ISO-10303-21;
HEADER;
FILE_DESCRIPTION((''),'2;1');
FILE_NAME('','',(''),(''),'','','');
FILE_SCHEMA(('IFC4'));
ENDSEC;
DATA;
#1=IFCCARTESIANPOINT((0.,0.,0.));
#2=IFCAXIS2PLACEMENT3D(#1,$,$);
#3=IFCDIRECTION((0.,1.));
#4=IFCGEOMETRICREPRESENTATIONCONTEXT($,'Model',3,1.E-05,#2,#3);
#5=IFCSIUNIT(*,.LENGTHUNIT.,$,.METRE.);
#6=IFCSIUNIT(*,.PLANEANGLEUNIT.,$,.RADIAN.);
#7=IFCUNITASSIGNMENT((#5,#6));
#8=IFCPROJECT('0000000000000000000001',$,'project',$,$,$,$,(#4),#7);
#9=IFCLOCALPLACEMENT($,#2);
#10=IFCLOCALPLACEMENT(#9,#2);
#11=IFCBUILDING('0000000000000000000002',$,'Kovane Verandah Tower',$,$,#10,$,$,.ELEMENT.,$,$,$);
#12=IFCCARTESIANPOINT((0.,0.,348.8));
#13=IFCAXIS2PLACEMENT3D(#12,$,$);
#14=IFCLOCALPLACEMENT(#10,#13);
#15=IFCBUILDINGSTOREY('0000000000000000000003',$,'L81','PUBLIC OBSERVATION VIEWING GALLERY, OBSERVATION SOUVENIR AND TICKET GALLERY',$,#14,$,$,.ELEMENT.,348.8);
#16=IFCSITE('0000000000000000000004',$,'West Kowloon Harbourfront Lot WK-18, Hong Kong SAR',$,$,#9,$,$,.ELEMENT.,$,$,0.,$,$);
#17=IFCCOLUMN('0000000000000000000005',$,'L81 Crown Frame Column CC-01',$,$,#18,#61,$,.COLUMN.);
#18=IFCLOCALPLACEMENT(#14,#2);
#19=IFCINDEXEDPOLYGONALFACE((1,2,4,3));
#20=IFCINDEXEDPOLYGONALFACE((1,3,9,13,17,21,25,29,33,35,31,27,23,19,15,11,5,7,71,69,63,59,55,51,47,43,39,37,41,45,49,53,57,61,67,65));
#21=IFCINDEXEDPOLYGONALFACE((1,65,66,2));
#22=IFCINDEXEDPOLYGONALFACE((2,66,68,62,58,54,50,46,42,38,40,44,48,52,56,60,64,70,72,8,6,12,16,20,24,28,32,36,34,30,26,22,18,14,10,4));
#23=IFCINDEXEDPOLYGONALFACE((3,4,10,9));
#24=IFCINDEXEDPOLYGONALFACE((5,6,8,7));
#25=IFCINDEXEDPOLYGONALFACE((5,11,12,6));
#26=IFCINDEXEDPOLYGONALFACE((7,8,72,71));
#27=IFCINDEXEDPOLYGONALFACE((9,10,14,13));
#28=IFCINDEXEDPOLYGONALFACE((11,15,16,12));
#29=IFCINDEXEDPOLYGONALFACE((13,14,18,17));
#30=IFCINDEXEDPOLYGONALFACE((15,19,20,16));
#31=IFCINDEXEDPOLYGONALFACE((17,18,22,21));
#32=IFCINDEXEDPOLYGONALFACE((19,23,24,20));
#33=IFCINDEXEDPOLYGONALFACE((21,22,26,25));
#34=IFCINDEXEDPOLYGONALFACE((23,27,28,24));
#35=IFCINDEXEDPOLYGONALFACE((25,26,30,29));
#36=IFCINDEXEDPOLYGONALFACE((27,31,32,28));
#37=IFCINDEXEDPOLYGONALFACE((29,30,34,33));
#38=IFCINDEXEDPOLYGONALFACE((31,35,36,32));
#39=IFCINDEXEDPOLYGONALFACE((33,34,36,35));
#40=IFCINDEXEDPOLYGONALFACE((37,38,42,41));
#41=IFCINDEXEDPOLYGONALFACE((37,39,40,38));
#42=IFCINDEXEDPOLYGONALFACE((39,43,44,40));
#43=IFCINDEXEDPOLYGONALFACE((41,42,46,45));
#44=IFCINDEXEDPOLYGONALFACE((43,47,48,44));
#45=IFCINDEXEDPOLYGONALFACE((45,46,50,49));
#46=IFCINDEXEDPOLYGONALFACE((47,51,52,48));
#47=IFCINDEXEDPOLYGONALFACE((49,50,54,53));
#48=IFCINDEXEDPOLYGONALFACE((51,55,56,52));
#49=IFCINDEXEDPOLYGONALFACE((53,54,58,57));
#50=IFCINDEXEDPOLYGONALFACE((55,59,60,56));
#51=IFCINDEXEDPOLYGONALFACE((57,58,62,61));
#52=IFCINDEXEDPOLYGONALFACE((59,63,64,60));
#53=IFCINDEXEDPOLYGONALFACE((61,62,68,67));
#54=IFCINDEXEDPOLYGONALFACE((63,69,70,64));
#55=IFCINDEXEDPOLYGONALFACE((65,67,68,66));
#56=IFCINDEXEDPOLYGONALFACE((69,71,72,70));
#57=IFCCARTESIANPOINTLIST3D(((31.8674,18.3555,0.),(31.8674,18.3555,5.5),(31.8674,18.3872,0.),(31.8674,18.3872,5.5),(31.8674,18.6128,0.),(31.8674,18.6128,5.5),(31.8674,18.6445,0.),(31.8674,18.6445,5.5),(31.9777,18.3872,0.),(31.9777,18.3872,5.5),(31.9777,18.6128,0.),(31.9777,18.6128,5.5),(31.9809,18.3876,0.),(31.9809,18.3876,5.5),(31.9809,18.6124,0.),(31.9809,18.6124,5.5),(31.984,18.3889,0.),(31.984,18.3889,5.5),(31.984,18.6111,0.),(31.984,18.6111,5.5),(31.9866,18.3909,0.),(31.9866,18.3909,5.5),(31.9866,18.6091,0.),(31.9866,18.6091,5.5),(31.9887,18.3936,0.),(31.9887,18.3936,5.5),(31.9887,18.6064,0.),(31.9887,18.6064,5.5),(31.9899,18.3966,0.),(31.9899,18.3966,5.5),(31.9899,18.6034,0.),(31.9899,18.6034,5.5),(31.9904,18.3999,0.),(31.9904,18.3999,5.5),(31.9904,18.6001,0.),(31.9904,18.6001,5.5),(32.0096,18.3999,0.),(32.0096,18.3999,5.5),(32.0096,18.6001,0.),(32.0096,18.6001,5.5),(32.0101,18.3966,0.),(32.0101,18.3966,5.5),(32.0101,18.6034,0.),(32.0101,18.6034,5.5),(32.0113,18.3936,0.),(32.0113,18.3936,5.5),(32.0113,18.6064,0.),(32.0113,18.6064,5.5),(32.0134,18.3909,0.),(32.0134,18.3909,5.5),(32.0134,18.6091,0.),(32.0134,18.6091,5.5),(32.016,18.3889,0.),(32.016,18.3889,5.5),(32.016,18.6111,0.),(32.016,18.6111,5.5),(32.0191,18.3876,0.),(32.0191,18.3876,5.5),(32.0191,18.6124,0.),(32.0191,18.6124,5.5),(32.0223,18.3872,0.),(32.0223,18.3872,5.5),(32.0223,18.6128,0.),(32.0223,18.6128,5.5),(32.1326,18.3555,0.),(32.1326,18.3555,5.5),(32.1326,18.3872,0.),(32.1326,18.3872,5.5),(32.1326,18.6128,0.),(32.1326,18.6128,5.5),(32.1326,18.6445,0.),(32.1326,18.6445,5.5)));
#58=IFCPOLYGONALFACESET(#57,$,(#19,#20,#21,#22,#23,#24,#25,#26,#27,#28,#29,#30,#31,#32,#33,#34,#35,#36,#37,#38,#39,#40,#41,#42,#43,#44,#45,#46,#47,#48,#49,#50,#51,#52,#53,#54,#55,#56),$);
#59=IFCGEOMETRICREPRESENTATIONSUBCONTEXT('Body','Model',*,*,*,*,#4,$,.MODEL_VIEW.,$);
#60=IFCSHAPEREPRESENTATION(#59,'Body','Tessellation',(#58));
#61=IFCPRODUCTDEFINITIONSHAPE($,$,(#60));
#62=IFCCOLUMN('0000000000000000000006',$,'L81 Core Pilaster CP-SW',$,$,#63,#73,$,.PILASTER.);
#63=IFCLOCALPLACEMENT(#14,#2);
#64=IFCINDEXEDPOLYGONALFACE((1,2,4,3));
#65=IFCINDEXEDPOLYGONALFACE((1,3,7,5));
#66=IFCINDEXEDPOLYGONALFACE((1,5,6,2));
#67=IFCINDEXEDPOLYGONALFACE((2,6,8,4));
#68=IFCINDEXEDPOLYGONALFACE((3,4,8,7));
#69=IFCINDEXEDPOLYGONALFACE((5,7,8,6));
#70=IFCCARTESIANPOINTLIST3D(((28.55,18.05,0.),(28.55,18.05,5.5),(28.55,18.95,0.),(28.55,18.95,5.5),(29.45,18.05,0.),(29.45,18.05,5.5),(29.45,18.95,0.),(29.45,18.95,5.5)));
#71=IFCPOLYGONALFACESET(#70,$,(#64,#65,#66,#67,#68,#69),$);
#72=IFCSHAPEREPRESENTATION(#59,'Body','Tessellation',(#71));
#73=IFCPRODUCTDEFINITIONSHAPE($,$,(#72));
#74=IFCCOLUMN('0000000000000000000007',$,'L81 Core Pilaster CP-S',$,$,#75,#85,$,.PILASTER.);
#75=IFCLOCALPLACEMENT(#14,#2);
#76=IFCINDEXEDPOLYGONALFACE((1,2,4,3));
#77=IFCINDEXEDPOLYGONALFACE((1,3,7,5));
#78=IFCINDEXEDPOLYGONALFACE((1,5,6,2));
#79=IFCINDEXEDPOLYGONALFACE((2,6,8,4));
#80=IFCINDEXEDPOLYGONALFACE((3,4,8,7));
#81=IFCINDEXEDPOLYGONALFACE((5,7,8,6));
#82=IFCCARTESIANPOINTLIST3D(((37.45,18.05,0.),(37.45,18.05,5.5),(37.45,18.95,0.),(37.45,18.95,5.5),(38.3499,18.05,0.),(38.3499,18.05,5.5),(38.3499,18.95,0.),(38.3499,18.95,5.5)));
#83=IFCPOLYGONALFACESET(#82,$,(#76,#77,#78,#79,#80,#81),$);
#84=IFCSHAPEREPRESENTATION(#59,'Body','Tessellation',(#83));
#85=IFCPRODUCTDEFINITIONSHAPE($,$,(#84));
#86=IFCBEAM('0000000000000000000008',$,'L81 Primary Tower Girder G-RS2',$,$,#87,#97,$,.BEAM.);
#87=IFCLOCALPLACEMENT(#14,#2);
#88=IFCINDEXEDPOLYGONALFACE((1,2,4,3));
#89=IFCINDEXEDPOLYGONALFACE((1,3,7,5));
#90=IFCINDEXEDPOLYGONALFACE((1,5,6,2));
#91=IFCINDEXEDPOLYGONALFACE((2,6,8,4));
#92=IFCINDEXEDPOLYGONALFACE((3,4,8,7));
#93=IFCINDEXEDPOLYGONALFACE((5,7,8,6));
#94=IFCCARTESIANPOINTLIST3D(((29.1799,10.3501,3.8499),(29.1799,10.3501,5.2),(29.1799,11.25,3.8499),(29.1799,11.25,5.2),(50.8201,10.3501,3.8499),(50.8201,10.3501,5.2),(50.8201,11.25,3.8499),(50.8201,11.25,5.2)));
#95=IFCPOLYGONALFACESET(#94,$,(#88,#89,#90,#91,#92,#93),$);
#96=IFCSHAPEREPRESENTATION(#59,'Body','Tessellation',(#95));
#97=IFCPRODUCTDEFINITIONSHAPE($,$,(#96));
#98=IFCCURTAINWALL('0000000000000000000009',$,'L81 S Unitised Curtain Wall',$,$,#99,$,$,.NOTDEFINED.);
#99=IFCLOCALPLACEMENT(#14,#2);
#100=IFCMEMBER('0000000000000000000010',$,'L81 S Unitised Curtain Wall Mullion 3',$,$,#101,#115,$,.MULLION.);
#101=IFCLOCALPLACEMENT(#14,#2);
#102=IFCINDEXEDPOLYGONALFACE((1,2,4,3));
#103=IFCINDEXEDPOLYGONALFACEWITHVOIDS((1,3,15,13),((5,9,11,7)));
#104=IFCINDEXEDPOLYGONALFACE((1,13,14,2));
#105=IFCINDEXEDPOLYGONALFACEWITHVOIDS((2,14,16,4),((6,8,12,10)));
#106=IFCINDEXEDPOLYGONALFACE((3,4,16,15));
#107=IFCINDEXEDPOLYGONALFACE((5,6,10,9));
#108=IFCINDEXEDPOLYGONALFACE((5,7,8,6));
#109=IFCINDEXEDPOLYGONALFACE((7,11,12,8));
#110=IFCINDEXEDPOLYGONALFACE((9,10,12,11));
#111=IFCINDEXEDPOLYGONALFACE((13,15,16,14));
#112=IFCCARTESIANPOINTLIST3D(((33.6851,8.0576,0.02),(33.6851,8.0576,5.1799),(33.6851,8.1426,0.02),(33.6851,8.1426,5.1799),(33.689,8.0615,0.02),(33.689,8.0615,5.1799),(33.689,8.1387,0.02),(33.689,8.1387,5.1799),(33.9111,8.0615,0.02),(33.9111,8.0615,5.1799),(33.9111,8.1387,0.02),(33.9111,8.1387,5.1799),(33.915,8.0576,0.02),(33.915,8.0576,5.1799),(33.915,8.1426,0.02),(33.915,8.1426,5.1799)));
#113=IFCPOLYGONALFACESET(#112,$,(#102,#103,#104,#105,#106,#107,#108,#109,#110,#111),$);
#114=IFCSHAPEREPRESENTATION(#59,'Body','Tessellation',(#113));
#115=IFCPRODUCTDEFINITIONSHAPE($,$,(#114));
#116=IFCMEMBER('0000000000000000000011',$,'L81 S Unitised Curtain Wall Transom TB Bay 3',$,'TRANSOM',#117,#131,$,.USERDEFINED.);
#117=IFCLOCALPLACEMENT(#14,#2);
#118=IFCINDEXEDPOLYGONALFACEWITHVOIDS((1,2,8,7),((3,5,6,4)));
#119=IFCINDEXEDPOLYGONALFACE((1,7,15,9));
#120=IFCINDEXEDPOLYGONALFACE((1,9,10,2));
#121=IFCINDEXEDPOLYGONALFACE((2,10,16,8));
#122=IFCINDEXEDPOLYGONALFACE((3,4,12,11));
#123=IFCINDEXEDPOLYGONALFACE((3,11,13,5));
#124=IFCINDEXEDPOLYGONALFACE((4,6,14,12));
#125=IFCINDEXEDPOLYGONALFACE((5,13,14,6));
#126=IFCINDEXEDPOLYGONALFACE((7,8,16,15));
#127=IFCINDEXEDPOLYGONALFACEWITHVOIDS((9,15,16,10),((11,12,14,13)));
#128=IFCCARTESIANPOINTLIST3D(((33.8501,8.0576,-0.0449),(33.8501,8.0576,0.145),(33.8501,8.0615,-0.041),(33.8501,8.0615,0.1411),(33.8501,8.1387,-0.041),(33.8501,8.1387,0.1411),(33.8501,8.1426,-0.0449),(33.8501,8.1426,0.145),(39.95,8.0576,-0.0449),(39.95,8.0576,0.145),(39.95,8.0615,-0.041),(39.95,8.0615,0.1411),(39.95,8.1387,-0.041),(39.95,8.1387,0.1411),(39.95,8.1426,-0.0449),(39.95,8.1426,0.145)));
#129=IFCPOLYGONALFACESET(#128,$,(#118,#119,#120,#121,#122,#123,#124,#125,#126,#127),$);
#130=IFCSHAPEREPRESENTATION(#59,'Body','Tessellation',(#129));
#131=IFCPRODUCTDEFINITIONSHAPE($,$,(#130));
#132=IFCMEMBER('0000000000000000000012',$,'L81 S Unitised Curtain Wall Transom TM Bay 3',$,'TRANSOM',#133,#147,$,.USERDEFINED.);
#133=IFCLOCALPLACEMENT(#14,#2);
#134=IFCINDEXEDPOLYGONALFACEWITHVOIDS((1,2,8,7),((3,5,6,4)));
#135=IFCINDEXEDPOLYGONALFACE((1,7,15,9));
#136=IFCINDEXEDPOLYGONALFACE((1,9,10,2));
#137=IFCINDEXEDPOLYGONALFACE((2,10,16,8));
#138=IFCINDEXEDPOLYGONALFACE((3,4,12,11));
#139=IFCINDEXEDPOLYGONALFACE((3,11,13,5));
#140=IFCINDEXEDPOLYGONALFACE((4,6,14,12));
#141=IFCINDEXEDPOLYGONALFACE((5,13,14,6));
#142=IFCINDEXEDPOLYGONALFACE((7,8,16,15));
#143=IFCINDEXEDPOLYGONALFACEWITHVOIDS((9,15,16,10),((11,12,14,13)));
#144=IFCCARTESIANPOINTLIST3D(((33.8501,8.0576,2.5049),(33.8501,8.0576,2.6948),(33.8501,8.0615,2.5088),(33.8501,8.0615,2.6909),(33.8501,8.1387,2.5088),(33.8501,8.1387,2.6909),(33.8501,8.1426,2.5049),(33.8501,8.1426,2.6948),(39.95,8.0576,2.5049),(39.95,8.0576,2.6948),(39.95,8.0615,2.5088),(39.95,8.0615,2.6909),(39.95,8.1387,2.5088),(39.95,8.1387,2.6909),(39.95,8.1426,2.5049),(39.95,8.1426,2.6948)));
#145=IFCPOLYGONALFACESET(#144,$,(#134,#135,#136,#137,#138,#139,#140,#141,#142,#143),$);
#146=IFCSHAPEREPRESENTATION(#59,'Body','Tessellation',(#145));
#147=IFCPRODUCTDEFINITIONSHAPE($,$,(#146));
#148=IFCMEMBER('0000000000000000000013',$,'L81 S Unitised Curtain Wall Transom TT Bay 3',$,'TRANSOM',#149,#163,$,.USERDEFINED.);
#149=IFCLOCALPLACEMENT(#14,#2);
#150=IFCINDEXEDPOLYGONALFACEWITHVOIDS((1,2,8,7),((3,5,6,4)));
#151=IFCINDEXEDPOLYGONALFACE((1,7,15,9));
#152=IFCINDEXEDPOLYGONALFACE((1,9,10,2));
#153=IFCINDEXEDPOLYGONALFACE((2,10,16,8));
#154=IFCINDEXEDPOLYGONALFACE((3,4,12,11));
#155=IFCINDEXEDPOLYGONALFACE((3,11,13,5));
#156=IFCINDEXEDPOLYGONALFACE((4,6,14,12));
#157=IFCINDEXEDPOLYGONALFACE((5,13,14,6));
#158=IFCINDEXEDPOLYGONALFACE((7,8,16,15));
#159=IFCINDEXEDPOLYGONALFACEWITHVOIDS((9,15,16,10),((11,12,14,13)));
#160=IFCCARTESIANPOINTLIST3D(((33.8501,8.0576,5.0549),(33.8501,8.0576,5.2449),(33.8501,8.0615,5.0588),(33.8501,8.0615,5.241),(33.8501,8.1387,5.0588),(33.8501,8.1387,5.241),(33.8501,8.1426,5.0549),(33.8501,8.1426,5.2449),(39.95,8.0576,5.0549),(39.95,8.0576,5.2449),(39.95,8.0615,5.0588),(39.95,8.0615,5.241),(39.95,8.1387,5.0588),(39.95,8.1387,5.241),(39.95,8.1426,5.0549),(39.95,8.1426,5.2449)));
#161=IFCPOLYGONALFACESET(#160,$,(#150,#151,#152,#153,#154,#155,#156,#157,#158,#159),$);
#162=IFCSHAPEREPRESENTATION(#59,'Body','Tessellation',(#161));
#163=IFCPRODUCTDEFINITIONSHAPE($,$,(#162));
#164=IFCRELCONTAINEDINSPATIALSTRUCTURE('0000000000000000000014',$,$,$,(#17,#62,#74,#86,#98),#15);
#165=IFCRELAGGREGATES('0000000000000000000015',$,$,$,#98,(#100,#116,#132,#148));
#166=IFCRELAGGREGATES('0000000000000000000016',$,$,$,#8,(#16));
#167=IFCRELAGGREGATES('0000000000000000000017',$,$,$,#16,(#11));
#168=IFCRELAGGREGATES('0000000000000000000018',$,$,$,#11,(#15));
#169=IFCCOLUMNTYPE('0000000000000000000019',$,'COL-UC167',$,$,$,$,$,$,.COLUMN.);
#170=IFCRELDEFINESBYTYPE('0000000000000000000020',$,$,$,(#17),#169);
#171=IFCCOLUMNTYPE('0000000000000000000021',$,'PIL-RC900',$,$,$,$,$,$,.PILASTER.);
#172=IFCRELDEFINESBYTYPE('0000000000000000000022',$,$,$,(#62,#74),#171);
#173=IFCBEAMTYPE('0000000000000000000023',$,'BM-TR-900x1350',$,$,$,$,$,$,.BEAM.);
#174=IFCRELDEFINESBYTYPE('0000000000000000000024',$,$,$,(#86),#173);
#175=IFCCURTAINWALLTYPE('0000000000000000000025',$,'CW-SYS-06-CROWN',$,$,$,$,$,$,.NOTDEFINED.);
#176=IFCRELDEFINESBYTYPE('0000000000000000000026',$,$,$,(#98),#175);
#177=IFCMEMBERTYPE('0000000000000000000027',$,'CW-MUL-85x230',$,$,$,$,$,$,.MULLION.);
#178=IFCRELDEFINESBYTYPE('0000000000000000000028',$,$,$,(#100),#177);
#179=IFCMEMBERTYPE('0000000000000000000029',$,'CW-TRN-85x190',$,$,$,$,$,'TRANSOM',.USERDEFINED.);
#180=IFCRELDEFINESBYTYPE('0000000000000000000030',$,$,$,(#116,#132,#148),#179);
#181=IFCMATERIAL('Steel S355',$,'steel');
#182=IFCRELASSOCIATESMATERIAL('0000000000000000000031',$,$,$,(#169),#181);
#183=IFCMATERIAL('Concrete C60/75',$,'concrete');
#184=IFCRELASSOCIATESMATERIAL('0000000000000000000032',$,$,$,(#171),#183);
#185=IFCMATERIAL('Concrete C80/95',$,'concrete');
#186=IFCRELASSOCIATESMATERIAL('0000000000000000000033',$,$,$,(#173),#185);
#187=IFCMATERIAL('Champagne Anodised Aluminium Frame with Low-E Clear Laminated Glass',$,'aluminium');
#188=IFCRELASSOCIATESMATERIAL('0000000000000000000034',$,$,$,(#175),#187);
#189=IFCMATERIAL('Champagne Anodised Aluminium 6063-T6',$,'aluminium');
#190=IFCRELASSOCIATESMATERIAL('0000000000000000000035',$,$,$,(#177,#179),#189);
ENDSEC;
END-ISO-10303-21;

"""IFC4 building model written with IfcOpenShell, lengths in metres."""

from ifc_helpers import new_model, si_unit, direction, frame, origin, origin_2d, place, context, subcontext, project, spatial, rectangle, hollow_rectangle, i_section, extrude, material, material_profile, profile_set, type_object, element, aggregate, save


model = new_model("IFC4")

# Units and contexts
model_context = context("Model", 3, precision=1e-05, world=origin(), true_north=direction((0.0, 1.0)))
body_context = subcontext(model_context, "Body", "Model", "MODEL_VIEW")
ifc_project = project(units=[si_unit("LENGTHUNIT", "METRE"), si_unit("PLANEANGLEUNIT", "RADIAN")], contexts=[model_context])

# Site, building, storey
site_placement = place(None, origin())
site = spatial("IfcSite", under=ifc_project, at=site_placement, Name="West Kowloon Harbourfront Lot WK-18, Hong Kong SAR", CompositionType="ELEMENT", RefElevation=0.0)
building_placement = place(site_placement, origin())
building = spatial("IfcBuilding", under=site, at=building_placement, Name="Kovane Verandah Tower", CompositionType="ELEMENT")
storey_placement = place(building_placement, frame((0.0, 0.0, 348.8)))
storey = spatial("IfcBuildingStorey", under=building, at=storey_placement, Name="L81", Description="PUBLIC OBSERVATION VIEWING GALLERY, OBSERVATION SOUVENIR AND TICKET GALLERY", CompositionType="ELEMENT", Elevation=348.8)

# Columns
ifc_material_1 = material(Name="Steel S355", Category="steel")
ifc_material_profile_1 = material_profile(ifc_material_1, i_section(OverallWidth=0.2651, OverallDepth=0.2891, WebThickness=0.0193, FlangeThickness=0.0317, FilletRadius=0.0127, at=origin_2d()), Name="UC254x254x167")
ifc_profile_set_1 = profile_set([ifc_material_profile_1], Name="Steel S355")
column_type_1 = type_object("IfcColumnType", Name="COL-UC167", PredefinedType="COLUMN", material=ifc_profile_set_1)
column_placement = place(storey_placement, frame((32.0, 18.5, 0.0), z_axis=(0.0, 0.0, 1.0), x_axis=(1.0, 0.0, 0.0)))
element("IfcColumn", 1, at=column_placement, inside=storey, type_object=column_type_1, Name="L81 Crown Frame Column CC-01", PredefinedType="COLUMN", context=body_context, shape_type="SweptSolid", body=[
    extrude(i_section(OverallWidth=0.2651, OverallDepth=0.2891, WebThickness=0.0193, FlangeThickness=0.0317, FilletRadius=0.0127, at=origin_2d()), origin(), (0.0, 0.0, 1.0), 5.5),
])
ifc_material_2 = material(Name="Concrete C60/75", Category="concrete")
ifc_material_profile_2 = material_profile(ifc_material_2, rectangle(XDim=0.8999, YDim=0.8999, at=origin_2d()), Name="RC900x900")
ifc_profile_set_2 = profile_set([ifc_material_profile_2], Name="Concrete C60/75")
column_type_2 = type_object("IfcColumnType", Name="PIL-RC900", PredefinedType="PILASTER", material=ifc_profile_set_2)
for number, where, z_axis, x_axis, name in (
    (2, (29.0, 18.5, 0.0), (0.0, 0.0, 1.0), (1.0, 0.0, 0.0), "L81 Core Pilaster CP-SW"),
    (3, (37.8999, 18.5, 0.0), (0.0, 0.0, 1.0), (1.0, 0.0, 0.0), "L81 Core Pilaster CP-S"),
):
    element("IfcColumn", number, at=place(storey_placement, frame(where, z_axis=z_axis, x_axis=x_axis)), inside=storey, type_object=column_type_2, Name=name, PredefinedType="PILASTER", context=body_context, shape_type="SweptSolid", body=[
        extrude(rectangle(XDim=0.8999, YDim=0.8999, at=origin_2d()), origin(), (0.0, 0.0, 1.0), 5.5),
    ])

# Beam
ifc_material_3 = material(Name="Concrete C80/95", Category="concrete")
ifc_material_profile_3 = material_profile(ifc_material_3, rectangle(XDim=0.8999, YDim=1.3501, at=origin_2d()), Name="RCB900x1350")
ifc_profile_set_3 = profile_set([ifc_material_profile_3], Name="Concrete C80/95")
beam_type_1 = type_object("IfcBeamType", Name="BM-TR-900x1350", PredefinedType="BEAM", material=ifc_profile_set_3)
beam_1_placement = place(storey_placement, frame((29.1799, 10.8, 4.5249), z_axis=(1.0, 0.0, 0.0), x_axis=(0.0, 1.0, 0.0)))
element("IfcBeam", 4, at=beam_1_placement, inside=storey, type_object=beam_type_1, Name="L81 Primary Tower Girder G-RS2", PredefinedType="BEAM", context=body_context, shape_type="SweptSolid", body=[
    extrude(rectangle(XDim=0.8999, YDim=1.3501, at=origin_2d()), origin(), (0.0, 0.0, 1.0), 21.6401),
])

# Curtain wall, members
ifc_material_4 = material(Name="Champagne Anodised Aluminium Frame with Low-E Clear Laminated Glass", Category="aluminium")
curtain_wall_type = type_object("IfcCurtainWallType", Name="CW-SYS-06-CROWN", PredefinedType="NOTDEFINED", material=ifc_material_4)
curtain_wall_placement = place(storey_placement, origin())
curtain_wall = element("IfcCurtainWall", 5, at=curtain_wall_placement, inside=storey, type_object=curtain_wall_type, Name="L81 S Unitised Curtain Wall", PredefinedType="NOTDEFINED")
ifc_material_5 = material(Name="Champagne Anodised Aluminium 6063-T6", Category="aluminium")
ifc_material_profile_4 = material_profile(ifc_material_5, hollow_rectangle(XDim=0.085, YDim=0.23, WallThickness=0.0039, at=origin_2d()), Name="AL85x230x4")
ifc_profile_set_4 = profile_set([ifc_material_profile_4], Name="Champagne Anodised Aluminium 6063-T6")
member_type_1 = type_object("IfcMemberType", Name="CW-MUL-85x230", PredefinedType="MULLION", material=ifc_profile_set_4)
member_1_placement = place(storey_placement, frame((33.8, 8.1001, 0.02), z_axis=(0.0, 0.0, 1.0), x_axis=(0.0, -1.0, 0.0)))
member_1 = element("IfcMember", 6, at=member_1_placement, type_object=member_type_1, Name="L81 S Unitised Curtain Wall Mullion 3", PredefinedType="MULLION", context=body_context, shape_type="SweptSolid", body=[
    extrude(hollow_rectangle(XDim=0.085, YDim=0.23, WallThickness=0.0039, at=origin_2d()), origin(), (0.0, 0.0, 1.0), 5.1599),
])
ifc_material_profile_5 = material_profile(ifc_material_5, hollow_rectangle(XDim=0.085, YDim=0.1899, WallThickness=0.0039, at=origin_2d()), Name="AL85x190x4")
ifc_profile_set_5 = profile_set([ifc_material_profile_5], Name="Champagne Anodised Aluminium 6063-T6")
member_type_2 = type_object("IfcMemberType", Name="CW-TRN-85x190", ElementType="TRANSOM", PredefinedType="USERDEFINED", material=ifc_profile_set_5)
member_2_placement = place(storey_placement, frame((33.8501, 8.1001, 0.05), z_axis=(1.0, 0.0, 0.0), x_axis=(0.0, 1.0, 0.0)))
member_2 = element("IfcMember", 7, at=member_2_placement, type_object=member_type_2, Name="L81 S Unitised Curtain Wall Transom TB Bay 3", ObjectType="TRANSOM", PredefinedType="USERDEFINED", context=body_context, shape_type="SweptSolid", body=[
    extrude(hollow_rectangle(XDim=0.085, YDim=0.1899, WallThickness=0.0039, at=origin_2d()), origin(), (0.0, 0.0, 1.0), 6.0999),
])
member_3_placement = place(storey_placement, frame((33.8501, 8.1001, 2.5999), z_axis=(1.0, 0.0, 0.0), x_axis=(0.0, 1.0, 0.0)))
member_3 = element("IfcMember", 8, at=member_3_placement, type_object=member_type_2, Name="L81 S Unitised Curtain Wall Transom TM Bay 3", ObjectType="TRANSOM", PredefinedType="USERDEFINED", context=body_context, shape_type="SweptSolid", body=[
    extrude(hollow_rectangle(XDim=0.085, YDim=0.1899, WallThickness=0.0039, at=origin_2d()), origin(), (0.0, 0.0, 1.0), 6.0999),
])
member_4_placement = place(storey_placement, frame((33.8501, 8.1001, 5.1499), z_axis=(1.0, 0.0, 0.0), x_axis=(0.0, 1.0, 0.0)))
member_4 = element("IfcMember", 9, at=member_4_placement, type_object=member_type_2, Name="L81 S Unitised Curtain Wall Transom TT Bay 3", ObjectType="TRANSOM", PredefinedType="USERDEFINED", context=body_context, shape_type="SweptSolid", body=[
    extrude(hollow_rectangle(XDim=0.085, YDim=0.1899, WallThickness=0.0039, at=origin_2d()), origin(), (0.0, 0.0, 1.0), 6.0999),
])

aggregate(curtain_wall, [member_1, member_2, member_3, member_4])

save(model, "model.ifc")
